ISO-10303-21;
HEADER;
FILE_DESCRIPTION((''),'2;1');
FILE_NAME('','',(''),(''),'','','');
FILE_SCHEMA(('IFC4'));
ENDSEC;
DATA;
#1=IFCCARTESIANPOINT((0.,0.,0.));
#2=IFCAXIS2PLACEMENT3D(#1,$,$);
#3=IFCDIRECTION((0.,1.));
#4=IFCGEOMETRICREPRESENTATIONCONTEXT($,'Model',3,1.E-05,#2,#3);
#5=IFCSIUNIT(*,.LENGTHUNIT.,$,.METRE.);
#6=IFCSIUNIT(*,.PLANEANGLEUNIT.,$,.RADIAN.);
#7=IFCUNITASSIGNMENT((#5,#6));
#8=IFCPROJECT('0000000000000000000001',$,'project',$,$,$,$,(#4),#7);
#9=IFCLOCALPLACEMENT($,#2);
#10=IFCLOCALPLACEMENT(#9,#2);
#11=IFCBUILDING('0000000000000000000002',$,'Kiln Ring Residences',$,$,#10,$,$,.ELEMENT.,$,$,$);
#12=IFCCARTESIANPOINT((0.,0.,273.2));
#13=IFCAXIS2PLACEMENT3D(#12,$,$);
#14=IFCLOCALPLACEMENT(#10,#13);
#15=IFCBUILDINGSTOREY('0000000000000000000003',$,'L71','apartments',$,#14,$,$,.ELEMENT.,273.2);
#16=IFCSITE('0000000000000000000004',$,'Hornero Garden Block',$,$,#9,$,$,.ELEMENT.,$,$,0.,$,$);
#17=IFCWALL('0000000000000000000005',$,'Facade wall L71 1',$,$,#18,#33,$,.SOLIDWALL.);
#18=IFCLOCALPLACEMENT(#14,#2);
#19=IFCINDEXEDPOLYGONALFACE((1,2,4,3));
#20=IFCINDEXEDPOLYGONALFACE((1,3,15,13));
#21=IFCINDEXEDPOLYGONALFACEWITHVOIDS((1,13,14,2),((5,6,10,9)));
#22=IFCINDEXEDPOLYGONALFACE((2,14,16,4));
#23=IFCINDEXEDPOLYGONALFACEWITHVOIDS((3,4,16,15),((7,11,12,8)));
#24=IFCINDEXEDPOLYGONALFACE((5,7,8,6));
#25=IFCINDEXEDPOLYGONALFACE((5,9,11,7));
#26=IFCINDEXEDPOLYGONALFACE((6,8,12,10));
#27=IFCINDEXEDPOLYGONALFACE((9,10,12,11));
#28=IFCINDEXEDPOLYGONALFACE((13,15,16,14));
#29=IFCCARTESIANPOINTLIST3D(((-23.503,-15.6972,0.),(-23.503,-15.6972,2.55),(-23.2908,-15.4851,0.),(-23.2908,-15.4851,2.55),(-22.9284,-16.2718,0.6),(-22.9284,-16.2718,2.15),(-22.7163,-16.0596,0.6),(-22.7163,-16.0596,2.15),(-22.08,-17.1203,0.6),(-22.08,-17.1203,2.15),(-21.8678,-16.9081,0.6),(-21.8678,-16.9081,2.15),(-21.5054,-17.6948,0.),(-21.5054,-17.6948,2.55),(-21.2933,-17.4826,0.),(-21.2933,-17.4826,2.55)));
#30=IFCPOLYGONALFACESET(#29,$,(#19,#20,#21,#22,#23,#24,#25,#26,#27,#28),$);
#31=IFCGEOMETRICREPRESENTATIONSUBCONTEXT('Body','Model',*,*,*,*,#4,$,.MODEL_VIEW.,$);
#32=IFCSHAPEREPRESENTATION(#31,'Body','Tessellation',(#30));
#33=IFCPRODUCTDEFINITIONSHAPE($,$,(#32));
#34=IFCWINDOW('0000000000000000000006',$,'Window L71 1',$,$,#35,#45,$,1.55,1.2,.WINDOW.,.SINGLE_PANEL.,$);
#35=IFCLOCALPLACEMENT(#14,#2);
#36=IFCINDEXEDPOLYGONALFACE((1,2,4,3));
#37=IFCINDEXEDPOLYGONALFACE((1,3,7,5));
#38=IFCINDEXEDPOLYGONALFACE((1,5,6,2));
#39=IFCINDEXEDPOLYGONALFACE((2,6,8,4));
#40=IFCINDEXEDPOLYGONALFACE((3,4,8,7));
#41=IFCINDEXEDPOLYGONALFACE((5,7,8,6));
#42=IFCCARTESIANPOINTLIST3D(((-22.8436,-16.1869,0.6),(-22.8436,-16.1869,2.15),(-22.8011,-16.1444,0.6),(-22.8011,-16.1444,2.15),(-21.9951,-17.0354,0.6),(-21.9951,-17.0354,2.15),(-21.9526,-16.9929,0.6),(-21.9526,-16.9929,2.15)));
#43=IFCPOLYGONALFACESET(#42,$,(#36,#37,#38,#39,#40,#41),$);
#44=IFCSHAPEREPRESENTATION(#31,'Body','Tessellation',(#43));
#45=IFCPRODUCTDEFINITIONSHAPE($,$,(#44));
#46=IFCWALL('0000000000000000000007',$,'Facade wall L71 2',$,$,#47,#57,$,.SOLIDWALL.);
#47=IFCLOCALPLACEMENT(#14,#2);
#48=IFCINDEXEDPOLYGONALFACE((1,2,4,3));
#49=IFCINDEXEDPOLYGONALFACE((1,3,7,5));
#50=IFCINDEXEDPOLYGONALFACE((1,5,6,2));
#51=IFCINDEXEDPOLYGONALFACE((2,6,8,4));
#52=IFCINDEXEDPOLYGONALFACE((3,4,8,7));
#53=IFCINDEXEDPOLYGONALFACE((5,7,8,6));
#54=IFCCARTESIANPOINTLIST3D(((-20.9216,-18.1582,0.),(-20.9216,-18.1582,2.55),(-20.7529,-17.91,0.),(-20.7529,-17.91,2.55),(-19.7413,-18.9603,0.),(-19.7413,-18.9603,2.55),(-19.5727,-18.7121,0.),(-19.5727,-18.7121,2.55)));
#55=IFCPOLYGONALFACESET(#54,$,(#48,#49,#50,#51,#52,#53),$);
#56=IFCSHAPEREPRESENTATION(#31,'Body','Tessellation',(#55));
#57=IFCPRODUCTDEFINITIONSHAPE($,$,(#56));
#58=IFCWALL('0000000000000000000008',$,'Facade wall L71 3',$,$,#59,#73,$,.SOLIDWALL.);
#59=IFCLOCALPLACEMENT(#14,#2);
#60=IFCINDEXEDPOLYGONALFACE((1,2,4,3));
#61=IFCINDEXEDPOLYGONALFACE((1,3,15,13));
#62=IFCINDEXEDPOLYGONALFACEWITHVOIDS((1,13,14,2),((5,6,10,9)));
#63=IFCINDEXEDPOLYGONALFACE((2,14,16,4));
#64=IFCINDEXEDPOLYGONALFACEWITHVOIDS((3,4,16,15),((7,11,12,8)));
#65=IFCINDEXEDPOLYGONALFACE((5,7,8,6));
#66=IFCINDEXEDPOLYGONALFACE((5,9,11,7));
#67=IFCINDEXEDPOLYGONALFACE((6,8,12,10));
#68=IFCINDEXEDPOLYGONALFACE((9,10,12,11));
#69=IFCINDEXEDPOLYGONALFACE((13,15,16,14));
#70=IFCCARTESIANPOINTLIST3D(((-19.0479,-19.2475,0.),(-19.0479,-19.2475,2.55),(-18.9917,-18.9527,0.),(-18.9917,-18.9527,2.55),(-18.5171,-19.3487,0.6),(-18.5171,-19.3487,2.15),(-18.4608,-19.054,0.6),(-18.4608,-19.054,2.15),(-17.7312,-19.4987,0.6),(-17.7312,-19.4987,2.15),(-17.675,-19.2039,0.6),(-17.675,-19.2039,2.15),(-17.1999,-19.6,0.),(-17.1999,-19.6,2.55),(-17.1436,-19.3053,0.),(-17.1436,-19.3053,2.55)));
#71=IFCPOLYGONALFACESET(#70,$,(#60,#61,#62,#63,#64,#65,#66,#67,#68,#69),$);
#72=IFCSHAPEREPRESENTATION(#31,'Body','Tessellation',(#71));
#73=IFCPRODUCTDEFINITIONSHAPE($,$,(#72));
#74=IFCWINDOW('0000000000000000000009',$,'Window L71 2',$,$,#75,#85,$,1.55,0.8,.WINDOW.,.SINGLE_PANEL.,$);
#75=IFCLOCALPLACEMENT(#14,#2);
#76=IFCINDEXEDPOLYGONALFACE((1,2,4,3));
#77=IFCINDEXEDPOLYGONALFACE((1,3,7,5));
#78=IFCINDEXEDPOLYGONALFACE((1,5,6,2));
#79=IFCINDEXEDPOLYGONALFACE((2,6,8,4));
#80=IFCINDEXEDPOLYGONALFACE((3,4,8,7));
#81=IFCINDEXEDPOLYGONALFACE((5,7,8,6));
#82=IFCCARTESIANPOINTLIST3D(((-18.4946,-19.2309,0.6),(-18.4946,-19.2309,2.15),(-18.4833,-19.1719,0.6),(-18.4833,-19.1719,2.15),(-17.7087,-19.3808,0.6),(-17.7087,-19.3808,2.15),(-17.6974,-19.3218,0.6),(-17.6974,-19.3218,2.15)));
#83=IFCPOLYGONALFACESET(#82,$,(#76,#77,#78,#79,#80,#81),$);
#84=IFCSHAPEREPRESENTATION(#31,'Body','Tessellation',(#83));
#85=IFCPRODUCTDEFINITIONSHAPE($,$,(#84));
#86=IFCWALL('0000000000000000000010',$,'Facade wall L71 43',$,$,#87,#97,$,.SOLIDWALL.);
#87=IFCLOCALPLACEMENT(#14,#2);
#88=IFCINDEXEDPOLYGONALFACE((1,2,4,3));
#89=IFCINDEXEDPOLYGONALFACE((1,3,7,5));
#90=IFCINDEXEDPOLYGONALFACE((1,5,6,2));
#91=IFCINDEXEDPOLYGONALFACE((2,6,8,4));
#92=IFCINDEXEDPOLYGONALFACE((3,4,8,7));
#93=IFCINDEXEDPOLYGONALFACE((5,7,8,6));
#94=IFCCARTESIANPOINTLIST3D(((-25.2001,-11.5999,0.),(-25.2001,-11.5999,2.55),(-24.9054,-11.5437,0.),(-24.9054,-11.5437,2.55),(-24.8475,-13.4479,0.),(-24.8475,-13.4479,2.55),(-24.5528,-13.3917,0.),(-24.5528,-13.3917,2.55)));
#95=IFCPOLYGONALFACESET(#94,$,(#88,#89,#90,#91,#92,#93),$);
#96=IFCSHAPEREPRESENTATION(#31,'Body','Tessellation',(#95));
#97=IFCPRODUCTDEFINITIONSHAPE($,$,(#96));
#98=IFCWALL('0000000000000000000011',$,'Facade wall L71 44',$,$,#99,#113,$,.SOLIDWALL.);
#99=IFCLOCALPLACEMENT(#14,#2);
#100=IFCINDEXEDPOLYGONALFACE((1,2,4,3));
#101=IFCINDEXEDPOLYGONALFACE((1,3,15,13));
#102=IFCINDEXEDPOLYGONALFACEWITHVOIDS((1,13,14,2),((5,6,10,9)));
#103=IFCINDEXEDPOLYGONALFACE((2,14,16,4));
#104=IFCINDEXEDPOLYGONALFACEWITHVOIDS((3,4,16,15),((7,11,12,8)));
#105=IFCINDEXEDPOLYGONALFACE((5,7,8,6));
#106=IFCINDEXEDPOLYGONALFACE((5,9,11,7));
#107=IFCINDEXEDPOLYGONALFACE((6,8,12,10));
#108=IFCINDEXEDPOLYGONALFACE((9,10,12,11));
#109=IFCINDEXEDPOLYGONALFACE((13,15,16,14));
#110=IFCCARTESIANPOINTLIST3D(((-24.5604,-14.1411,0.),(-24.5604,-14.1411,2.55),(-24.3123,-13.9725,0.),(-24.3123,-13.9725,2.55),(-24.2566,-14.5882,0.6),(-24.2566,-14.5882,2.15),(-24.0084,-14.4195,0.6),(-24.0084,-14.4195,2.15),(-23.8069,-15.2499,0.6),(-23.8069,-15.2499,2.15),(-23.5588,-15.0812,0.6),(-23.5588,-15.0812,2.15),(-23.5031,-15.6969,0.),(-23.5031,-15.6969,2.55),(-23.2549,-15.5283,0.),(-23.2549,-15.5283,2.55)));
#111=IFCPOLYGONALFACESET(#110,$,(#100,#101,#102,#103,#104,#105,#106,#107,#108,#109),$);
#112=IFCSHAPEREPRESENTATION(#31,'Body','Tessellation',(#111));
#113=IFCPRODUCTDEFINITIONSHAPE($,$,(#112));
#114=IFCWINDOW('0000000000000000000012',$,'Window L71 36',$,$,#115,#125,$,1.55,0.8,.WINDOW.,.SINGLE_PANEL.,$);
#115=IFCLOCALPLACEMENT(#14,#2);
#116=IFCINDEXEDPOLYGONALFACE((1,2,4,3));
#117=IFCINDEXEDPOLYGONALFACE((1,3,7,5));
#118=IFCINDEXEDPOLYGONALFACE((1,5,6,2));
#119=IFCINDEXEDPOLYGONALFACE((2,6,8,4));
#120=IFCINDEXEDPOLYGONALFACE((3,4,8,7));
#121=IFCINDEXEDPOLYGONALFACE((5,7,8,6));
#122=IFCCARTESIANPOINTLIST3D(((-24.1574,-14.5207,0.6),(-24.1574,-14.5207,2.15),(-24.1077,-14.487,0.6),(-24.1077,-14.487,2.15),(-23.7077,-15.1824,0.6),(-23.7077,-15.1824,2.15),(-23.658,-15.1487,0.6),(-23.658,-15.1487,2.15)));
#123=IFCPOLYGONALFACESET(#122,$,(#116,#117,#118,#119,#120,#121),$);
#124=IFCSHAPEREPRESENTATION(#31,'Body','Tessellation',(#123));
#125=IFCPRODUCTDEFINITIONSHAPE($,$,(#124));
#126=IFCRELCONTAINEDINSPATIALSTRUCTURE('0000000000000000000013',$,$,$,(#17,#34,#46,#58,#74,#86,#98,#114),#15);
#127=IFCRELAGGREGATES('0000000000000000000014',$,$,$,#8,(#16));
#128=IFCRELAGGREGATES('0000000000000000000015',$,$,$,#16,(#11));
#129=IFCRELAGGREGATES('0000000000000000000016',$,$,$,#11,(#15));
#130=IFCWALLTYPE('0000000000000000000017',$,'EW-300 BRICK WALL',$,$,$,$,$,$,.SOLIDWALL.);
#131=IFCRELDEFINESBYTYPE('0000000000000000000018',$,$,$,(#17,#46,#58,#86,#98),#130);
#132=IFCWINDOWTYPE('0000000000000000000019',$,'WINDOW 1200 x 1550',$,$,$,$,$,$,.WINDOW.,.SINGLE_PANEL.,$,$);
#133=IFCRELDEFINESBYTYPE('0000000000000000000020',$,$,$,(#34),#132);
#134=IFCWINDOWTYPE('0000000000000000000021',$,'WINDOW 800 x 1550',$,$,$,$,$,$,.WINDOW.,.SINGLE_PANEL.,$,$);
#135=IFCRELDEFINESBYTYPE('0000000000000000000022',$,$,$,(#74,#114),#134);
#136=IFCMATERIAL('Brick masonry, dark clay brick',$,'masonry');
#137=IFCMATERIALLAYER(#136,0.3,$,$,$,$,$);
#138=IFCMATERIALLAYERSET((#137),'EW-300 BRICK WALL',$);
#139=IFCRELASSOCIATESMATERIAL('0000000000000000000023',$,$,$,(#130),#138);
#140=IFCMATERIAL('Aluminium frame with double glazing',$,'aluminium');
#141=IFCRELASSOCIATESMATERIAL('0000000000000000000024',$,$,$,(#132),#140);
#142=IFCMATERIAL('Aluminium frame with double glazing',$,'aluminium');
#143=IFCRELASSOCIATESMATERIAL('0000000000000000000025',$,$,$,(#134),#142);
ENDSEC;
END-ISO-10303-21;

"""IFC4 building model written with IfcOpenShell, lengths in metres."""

from ifc_helpers import new_model, si_unit, direction, frame, frame_2d, origin, place, context, subcontext, project, spatial, rectangle, extrude, material, layer, layer_set, type_object, element, fill, save


model = new_model("IFC4")

# Units and contexts
model_context = context("Model", 3, precision=1e-05, world=origin(), true_north=direction((0.0, 1.0)))
body_context = subcontext(model_context, "Body", "Model", "MODEL_VIEW")
ifc_project = project(units=[si_unit("LENGTHUNIT", "METRE"), si_unit("PLANEANGLEUNIT", "RADIAN")], contexts=[model_context])

# Site, building, storey
site_placement = place(None, origin())
site = spatial("IfcSite", under=ifc_project, at=site_placement, Name="Hornero Garden Block", CompositionType="ELEMENT", RefElevation=0.0)
building_placement = place(site_placement, origin())
building = spatial("IfcBuilding", under=site, at=building_placement, Name="Kiln Ring Residences", CompositionType="ELEMENT")
storey_placement = place(building_placement, frame((0.0, 0.0, 273.2)))
storey = spatial("IfcBuildingStorey", under=building, at=storey_placement, Name="L71", Description="apartments", CompositionType="ELEMENT", Elevation=273.2)

# Wall, opening, window
ifc_material_1 = material(Name="Brick masonry, dark clay brick", Category="masonry")
ifc_layer_1 = layer(ifc_material_1, 0.3)
ifc_layer_set_1 = layer_set([ifc_layer_1], Name="EW-300 BRICK WALL")
wall_type_1 = type_object("IfcWallType", Name="EW-300 BRICK WALL", PredefinedType="SOLIDWALL", material=ifc_layer_set_1)
wall_1_placement = place(storey_placement, frame((-23.397, -15.5911, 0.0), z_axis=(0.0, 0.0, 1.0), x_axis=(0.707107, -0.707107, 0.0)))
wall_1 = element("IfcWall", 1, at=wall_1_placement, inside=storey, type_object=wall_type_1, Name="Facade wall L71 1", PredefinedType="SOLIDWALL", context=body_context, shape_type="SweptSolid", body=[
    extrude(rectangle(XDim=2.825, YDim=0.3, at=frame_2d((1.4126, 0.0))), origin(), (0.0, 0.0, 1.0), 2.55),
])
opening_1_placement = place(wall_1_placement, frame((0.8125, 0.0, 0.6001)))
opening_1 = element("IfcOpeningElement", 2, at=opening_1_placement, cuts=wall_1, PredefinedType="OPENING", context=body_context, shape_type="SweptSolid", body=[
    extrude(rectangle(XDim=1.2, YDim=1.55, at=frame_2d((0.6001, 0.7749))), frame((0.0, 0.1599, 0.0), z_axis=(0.0, -1.0, 0.0), x_axis=(1.0, 0.0, 0.0)), (0.0, 0.0, 1.0), 0.3201),
])
ifc_material_2 = material(Name="Aluminium frame with double glazing", Category="aluminium")
window_type_1 = type_object("IfcWindowType", Name="WINDOW 1200 x 1550", PartitioningType="SINGLE_PANEL", PredefinedType="WINDOW", material=ifc_material_2)
window_1_placement = place(opening_1_placement, origin())
window_1 = element("IfcWindow", 3, at=window_1_placement, inside=storey, type_object=window_type_1, Name="Window L71 1", OverallHeight=1.55, OverallWidth=1.2, PartitioningType="SINGLE_PANEL", PredefinedType="WINDOW", context=body_context, shape_type="SweptSolid", body=[
    extrude(rectangle(XDim=1.2, YDim=1.55, at=frame_2d((0.6001, 0.7749))), frame((0.0, 0.03, 0.0), z_axis=(0.0, -1.0, 0.0), x_axis=(1.0, 0.0, 0.0)), (0.0, 0.0, 1.0), 0.0601),
])
fill(opening_1, window_1)

# Wall
wall_2_placement = place(storey_placement, frame((-20.8372, -18.0342, 0.0), z_axis=(0.0, 0.0, 1.0), x_axis=(0.827095, -0.562062, 0.0)))
element("IfcWall", 4, at=wall_2_placement, inside=storey, type_object=wall_type_1, Name="Facade wall L71 2", PredefinedType="SOLIDWALL", context=body_context, shape_type="SweptSolid", body=[
    extrude(rectangle(XDim=1.427, YDim=0.3, at=frame_2d((0.7134, 0.0))), origin(), (0.0, 0.0, 1.0), 2.55),
])

# Wall, opening, window
wall_3_placement = place(storey_placement, frame((-19.0198, -19.1001, 0.0), z_axis=(0.0, 0.0, 1.0), x_axis=(0.982284, -0.187398, 0.0)))
wall_3 = element("IfcWall", 5, at=wall_3_placement, inside=storey, type_object=wall_type_1, Name="Facade wall L71 3", PredefinedType="SOLIDWALL", context=body_context, shape_type="SweptSolid", body=[
    extrude(rectangle(XDim=1.8813, YDim=0.3, at=frame_2d((0.9407, 0.0))), origin(), (0.0, 0.0, 1.0), 2.55),
])
opening_2_placement = place(wall_3_placement, frame((0.5405, 0.0, 0.6001)))
opening_2 = element("IfcOpeningElement", 6, at=opening_2_placement, cuts=wall_3, PredefinedType="OPENING", context=body_context, shape_type="SweptSolid", body=[
    extrude(rectangle(XDim=0.8, YDim=1.55, at=frame_2d((0.3999, 0.7749))), frame((0.0, 0.1599, 0.0), z_axis=(0.0, -1.0, 0.0), x_axis=(1.0, 0.0, 0.0)), (0.0, 0.0, 1.0), 0.3201),
])
ifc_material_3 = material(Name="Aluminium frame with double glazing", Category="aluminium")
window_type_2 = type_object("IfcWindowType", Name="WINDOW 800 x 1550", PartitioningType="SINGLE_PANEL", PredefinedType="WINDOW", material=ifc_material_3)
window_2_placement = place(opening_2_placement, origin())
window_2 = element("IfcWindow", 7, at=window_2_placement, inside=storey, type_object=window_type_2, Name="Window L71 2", OverallHeight=1.55, OverallWidth=0.8, PartitioningType="SINGLE_PANEL", PredefinedType="WINDOW", context=body_context, shape_type="SweptSolid", body=[
    extrude(rectangle(XDim=0.8, YDim=1.55, at=frame_2d((0.3999, 0.7749))), frame((0.0, 0.03, 0.0), z_axis=(0.0, -1.0, 0.0), x_axis=(1.0, 0.0, 0.0)), (0.0, 0.0, 1.0), 0.0601),
])
fill(opening_2, window_2)

# Wall
wall_4_placement = place(storey_placement, frame((-25.0527, -11.5718, 0.0), z_axis=(0.0, 0.0, 1.0), x_axis=(0.187398, -0.982284, 0.0)))
element("IfcWall", 8, at=wall_4_placement, inside=storey, type_object=wall_type_1, Name="Facade wall L71 43", PredefinedType="SOLIDWALL", context=body_context, shape_type="SweptSolid", body=[
    extrude(rectangle(XDim=1.8813, YDim=0.3, at=frame_2d((0.9407, 0.0))), origin(), (0.0, 0.0, 1.0), 2.55),
])

# Wall, opening, window
wall_5_placement = place(storey_placement, frame((-24.4363, -14.0569, 0.0), z_axis=(0.0, 0.0, 1.0), x_axis=(0.562076, -0.827086, 0.0)))
wall_5 = element("IfcWall", 9, at=wall_5_placement, inside=storey, type_object=wall_type_1, Name="Facade wall L71 44", PredefinedType="SOLIDWALL", context=body_context, shape_type="SweptSolid", body=[
    extrude(rectangle(XDim=1.8811, YDim=0.3, at=frame_2d((0.9404, 0.0))), origin(), (0.0, 0.0, 1.0), 2.55),
])
opening_3_placement = place(wall_5_placement, frame((0.5405, 0.0, 0.6001)))
opening_3 = element("IfcOpeningElement", 10, at=opening_3_placement, cuts=wall_5, PredefinedType="OPENING", context=body_context, shape_type="SweptSolid", body=[
    extrude(rectangle(XDim=0.8, YDim=1.55, at=frame_2d((0.3999, 0.7749))), frame((0.0, 0.1599, 0.0), z_axis=(0.0, -1.0, 0.0), x_axis=(1.0, 0.0, 0.0)), (0.0, 0.0, 1.0), 0.3201),
])
window_3_placement = place(opening_3_placement, origin())
window_3 = element("IfcWindow", 11, at=window_3_placement, inside=storey, type_object=window_type_2, Name="Window L71 36", OverallHeight=1.55, OverallWidth=0.8, PartitioningType="SINGLE_PANEL", PredefinedType="WINDOW", context=body_context, shape_type="SweptSolid", body=[
    extrude(rectangle(XDim=0.8, YDim=1.55, at=frame_2d((0.3999, 0.7749))), frame((0.0, 0.03, 0.0), z_axis=(0.0, -1.0, 0.0), x_axis=(1.0, 0.0, 0.0)), (0.0, 0.0, 1.0), 0.0601),
])
fill(opening_3, window_3)

save(model, "model.ifc")
